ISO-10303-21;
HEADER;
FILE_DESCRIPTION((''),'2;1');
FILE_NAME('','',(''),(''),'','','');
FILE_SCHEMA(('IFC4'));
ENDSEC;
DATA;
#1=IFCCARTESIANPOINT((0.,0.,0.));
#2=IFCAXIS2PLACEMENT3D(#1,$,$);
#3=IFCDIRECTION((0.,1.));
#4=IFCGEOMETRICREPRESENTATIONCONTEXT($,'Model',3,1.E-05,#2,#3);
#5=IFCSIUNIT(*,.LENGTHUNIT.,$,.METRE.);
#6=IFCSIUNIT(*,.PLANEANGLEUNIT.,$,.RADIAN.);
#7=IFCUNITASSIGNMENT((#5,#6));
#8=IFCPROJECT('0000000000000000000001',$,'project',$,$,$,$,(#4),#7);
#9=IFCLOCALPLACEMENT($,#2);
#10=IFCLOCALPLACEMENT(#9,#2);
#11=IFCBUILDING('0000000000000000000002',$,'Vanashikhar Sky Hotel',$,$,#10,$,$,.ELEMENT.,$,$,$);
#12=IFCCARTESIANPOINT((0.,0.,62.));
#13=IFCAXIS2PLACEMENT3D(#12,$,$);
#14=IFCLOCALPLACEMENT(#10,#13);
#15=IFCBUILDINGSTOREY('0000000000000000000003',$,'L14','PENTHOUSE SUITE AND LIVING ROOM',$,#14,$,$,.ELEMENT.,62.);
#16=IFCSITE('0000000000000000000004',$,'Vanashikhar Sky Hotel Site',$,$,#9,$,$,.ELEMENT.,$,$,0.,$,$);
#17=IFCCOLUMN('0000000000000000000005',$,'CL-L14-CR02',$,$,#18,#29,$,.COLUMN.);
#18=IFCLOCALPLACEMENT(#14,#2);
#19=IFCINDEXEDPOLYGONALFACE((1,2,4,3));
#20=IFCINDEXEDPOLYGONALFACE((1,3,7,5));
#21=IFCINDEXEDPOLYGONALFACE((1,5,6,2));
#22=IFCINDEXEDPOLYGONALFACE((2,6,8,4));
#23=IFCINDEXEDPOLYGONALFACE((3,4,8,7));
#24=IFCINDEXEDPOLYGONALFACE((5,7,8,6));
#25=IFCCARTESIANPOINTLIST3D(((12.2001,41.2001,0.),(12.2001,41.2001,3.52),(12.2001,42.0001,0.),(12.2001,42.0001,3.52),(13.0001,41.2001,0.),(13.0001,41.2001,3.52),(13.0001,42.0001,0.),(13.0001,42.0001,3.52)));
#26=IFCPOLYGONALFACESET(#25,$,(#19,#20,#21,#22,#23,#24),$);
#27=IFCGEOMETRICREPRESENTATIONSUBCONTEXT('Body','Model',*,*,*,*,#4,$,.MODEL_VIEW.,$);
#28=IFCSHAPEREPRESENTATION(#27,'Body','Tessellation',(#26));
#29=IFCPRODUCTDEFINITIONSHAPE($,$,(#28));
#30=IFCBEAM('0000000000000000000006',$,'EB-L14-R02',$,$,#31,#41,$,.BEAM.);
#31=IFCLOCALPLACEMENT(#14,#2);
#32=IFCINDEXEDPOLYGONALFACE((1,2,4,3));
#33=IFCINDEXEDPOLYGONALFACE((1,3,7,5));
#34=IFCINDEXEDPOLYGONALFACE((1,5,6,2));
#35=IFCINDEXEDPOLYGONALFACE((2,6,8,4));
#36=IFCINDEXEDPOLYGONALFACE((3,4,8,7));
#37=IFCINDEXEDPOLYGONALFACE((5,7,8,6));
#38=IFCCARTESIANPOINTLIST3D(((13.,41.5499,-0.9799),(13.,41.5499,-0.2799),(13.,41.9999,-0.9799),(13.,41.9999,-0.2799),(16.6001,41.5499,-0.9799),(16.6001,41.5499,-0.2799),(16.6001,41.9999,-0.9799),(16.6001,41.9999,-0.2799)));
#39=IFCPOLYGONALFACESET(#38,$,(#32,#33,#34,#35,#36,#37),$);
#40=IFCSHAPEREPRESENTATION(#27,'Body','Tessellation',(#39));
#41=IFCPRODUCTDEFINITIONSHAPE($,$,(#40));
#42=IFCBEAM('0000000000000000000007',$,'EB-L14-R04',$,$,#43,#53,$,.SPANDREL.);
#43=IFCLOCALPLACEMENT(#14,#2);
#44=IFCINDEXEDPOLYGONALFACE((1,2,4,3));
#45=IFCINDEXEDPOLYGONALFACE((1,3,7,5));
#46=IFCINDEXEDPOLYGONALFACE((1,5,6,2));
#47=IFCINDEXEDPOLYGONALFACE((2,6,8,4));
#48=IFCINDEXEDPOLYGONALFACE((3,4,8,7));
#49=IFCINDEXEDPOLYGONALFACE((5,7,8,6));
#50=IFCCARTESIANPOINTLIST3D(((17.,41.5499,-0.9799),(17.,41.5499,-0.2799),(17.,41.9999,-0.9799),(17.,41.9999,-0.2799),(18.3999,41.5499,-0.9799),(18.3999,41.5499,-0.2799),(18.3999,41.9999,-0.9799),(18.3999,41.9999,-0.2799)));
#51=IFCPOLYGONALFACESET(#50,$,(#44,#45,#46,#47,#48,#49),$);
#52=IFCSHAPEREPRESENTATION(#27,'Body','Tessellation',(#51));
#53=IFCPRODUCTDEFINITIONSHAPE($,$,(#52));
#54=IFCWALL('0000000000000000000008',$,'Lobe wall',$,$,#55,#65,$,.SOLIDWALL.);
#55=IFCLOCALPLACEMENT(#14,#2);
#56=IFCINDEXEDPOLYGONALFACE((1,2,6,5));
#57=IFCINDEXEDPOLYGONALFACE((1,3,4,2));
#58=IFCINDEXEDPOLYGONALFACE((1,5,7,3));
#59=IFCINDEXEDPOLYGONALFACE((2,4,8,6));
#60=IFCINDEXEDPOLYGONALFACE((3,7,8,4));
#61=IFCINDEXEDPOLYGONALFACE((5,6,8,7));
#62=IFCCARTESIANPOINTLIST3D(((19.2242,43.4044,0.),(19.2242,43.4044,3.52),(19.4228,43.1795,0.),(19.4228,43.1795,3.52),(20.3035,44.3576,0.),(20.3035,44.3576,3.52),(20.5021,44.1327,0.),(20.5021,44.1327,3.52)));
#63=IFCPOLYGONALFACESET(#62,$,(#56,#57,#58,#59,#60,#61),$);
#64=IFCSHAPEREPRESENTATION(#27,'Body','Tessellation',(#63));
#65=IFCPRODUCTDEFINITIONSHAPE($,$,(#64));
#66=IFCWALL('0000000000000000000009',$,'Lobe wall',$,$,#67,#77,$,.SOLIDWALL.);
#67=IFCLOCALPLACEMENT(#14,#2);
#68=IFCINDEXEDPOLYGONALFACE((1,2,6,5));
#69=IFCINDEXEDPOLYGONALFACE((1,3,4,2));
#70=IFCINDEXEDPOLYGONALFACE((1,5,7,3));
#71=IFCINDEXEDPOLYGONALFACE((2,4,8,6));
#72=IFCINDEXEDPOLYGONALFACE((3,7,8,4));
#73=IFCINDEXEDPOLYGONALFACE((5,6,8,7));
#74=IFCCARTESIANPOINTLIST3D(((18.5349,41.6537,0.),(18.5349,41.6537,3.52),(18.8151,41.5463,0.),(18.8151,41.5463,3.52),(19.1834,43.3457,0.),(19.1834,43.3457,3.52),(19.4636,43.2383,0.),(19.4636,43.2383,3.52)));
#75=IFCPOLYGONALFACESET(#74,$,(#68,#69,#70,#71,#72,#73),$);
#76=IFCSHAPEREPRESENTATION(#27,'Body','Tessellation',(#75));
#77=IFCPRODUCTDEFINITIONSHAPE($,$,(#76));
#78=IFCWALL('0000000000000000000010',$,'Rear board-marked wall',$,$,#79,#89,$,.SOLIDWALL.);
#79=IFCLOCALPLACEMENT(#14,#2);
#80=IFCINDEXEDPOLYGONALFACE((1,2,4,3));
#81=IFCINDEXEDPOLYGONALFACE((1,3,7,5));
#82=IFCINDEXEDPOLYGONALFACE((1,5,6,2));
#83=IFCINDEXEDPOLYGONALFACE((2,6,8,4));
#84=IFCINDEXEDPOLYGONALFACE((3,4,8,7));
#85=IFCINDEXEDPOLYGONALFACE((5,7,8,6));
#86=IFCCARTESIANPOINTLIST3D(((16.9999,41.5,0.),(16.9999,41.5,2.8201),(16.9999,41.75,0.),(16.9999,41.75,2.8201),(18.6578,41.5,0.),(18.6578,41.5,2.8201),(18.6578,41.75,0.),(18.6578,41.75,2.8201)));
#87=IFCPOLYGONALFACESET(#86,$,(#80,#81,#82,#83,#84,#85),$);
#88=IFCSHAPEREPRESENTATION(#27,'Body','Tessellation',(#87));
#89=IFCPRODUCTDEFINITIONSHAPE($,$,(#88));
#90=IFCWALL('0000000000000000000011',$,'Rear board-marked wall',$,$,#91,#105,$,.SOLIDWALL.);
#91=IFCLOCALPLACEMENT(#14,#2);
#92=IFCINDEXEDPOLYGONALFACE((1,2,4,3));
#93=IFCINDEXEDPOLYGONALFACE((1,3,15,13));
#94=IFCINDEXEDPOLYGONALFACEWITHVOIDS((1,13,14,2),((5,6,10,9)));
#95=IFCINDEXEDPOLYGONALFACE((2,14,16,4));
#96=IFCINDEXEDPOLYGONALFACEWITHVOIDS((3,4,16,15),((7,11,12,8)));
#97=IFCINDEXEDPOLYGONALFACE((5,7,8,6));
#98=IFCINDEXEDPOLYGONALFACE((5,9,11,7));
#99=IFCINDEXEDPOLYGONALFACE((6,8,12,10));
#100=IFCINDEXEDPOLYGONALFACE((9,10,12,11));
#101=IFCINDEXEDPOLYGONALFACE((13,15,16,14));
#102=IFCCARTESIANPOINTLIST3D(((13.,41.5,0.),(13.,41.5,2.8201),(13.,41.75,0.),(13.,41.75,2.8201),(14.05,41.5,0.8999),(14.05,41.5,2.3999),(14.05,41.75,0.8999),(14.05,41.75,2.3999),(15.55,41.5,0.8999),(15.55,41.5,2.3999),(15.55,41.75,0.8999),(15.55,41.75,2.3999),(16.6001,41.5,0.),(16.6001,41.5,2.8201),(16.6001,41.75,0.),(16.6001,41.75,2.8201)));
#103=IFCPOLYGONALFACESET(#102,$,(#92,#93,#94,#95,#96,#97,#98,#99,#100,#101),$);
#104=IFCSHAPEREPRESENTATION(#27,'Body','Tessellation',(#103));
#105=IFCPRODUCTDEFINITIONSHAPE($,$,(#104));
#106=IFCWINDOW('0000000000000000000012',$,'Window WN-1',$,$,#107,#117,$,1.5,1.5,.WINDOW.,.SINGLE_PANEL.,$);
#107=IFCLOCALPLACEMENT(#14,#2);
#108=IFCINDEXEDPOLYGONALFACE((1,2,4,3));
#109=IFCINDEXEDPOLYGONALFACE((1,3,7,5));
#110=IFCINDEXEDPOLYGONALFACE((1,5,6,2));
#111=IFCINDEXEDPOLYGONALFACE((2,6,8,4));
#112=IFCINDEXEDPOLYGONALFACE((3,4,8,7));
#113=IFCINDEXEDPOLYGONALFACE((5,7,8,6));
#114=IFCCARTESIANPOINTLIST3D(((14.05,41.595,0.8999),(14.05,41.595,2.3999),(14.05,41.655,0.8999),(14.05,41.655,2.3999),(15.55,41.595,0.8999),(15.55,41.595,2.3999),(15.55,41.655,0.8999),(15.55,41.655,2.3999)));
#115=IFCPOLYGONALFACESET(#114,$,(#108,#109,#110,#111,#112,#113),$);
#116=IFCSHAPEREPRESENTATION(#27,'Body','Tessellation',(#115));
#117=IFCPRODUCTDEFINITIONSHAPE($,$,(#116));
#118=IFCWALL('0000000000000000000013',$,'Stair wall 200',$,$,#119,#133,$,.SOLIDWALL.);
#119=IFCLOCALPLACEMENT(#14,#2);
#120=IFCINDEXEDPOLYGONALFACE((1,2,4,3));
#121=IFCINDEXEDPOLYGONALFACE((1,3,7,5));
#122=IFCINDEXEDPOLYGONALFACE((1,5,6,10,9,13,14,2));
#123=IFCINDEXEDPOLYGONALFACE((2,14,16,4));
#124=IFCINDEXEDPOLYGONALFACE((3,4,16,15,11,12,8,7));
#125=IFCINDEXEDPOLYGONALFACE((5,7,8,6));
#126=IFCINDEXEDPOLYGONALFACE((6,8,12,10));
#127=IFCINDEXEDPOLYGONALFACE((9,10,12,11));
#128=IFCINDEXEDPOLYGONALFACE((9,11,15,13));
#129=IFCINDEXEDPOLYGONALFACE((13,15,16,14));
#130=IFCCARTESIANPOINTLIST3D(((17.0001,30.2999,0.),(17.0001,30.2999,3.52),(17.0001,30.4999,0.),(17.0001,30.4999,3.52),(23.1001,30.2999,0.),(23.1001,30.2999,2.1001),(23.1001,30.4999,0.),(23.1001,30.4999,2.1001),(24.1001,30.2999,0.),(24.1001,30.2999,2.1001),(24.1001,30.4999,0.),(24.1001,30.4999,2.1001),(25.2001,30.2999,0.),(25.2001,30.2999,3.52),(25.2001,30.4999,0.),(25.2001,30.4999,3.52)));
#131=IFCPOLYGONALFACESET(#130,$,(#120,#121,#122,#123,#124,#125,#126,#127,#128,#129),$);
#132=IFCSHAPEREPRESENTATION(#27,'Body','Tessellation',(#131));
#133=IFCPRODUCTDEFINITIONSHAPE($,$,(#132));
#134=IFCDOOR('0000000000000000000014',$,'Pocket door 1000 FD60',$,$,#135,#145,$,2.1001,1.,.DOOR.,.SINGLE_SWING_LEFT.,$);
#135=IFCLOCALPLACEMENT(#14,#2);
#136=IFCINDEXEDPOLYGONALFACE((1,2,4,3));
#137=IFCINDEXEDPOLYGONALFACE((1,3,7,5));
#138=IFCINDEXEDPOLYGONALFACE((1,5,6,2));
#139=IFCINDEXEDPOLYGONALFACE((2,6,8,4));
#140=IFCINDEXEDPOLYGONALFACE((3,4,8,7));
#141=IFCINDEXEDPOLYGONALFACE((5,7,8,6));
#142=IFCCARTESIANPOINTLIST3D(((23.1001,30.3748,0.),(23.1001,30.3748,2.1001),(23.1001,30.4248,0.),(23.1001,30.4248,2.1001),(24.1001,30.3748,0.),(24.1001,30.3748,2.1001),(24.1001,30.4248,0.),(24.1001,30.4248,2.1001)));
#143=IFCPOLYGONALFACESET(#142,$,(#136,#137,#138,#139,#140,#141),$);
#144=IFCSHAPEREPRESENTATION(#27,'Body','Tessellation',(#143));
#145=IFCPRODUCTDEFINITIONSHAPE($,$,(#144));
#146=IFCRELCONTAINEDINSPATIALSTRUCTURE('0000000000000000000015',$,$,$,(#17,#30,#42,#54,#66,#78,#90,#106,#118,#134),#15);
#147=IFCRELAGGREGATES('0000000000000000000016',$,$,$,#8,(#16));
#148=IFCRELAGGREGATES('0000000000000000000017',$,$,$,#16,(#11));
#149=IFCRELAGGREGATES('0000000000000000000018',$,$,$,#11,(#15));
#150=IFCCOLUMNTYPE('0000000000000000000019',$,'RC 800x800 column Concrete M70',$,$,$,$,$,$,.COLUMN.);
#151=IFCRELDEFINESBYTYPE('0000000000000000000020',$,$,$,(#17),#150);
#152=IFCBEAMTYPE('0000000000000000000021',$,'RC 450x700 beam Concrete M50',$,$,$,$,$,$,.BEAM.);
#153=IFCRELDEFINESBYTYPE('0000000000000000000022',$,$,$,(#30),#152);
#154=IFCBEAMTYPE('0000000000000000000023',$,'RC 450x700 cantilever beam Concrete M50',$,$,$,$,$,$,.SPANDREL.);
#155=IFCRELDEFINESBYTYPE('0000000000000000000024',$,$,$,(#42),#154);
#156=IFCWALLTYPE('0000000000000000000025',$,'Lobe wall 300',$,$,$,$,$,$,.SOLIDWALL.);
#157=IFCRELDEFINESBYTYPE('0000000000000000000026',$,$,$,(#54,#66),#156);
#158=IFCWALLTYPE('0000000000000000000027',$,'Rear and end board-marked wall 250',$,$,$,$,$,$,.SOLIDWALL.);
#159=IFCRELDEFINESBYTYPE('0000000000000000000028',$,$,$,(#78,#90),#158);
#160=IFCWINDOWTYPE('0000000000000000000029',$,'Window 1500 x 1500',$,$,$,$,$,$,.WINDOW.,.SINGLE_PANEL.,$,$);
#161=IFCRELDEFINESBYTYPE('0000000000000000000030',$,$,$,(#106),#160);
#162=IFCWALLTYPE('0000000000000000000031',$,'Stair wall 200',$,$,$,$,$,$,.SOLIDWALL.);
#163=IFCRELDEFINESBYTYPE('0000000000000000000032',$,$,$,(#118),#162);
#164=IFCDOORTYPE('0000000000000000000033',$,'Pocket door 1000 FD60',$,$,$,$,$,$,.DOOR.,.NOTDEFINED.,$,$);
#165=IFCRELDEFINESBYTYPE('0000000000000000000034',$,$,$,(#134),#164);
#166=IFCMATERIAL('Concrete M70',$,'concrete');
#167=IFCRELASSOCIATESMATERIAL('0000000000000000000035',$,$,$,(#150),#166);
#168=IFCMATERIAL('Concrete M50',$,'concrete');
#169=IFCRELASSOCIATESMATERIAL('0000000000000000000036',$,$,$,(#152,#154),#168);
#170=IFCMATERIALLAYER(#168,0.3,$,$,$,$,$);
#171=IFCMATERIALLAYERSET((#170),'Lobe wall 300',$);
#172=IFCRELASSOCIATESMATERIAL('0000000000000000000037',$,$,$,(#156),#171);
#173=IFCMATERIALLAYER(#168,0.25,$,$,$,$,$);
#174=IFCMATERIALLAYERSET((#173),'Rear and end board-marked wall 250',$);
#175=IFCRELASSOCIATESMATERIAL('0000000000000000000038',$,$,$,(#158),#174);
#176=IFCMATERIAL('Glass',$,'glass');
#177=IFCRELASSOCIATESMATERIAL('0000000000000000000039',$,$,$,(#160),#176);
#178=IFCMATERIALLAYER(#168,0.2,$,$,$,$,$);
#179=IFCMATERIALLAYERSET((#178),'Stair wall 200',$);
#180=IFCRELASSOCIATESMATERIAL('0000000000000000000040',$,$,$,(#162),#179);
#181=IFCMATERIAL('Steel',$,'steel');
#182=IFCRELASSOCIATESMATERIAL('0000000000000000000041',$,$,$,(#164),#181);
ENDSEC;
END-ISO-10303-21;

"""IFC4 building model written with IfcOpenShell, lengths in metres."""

from ifc_helpers import new_model, si_unit, direction, frame, frame_2d, origin, origin_2d, place, context, subcontext, project, spatial, rectangle, extrude, source, transform, mapped, material, layer, layer_set, material_profile, profile_set, type_object, element, fill, save


model = new_model("IFC4")

# Units and contexts
model_context = context("Model", 3, precision=1e-05, world=origin(), true_north=direction((0.0, 1.0)))
body_context = subcontext(model_context, "Body", "Model", "MODEL_VIEW")
ifc_project = project(units=[si_unit("LENGTHUNIT", "METRE"), si_unit("PLANEANGLEUNIT", "RADIAN")], contexts=[model_context])

# Site, building, storey
site_placement = place(None, origin())
site = spatial("IfcSite", under=ifc_project, at=site_placement, Name="Vanashikhar Sky Hotel Site", CompositionType="ELEMENT", RefElevation=0.0)
building_placement = place(site_placement, origin())
building = spatial("IfcBuilding", under=site, at=building_placement, Name="Vanashikhar Sky Hotel", CompositionType="ELEMENT")
storey_placement = place(building_placement, frame((0.0, 0.0, 62.0)))
storey = spatial("IfcBuildingStorey", under=building, at=storey_placement, Name="L14", Description="PENTHOUSE SUITE AND LIVING ROOM", CompositionType="ELEMENT", Elevation=62.0)

# Column
ifc_material_1 = material(Name="Concrete M70", Category="concrete")
ifc_material_profile_1 = material_profile(ifc_material_1, rectangle(XDim=0.8, YDim=0.8, at=origin_2d()))
ifc_profile_set_1 = profile_set([ifc_material_profile_1], Name="RC 800x800 column Concrete M70")
column_type = type_object("IfcColumnType", Name="RC 800x800 column Concrete M70", PredefinedType="COLUMN", material=ifc_profile_set_1)
shared_shape_1 = source(origin(), body_context, "Body", "SweptSolid", [
    extrude(rectangle(XDim=0.8, YDim=0.8, at=origin_2d()), origin(), (0.0, 0.0, 1.0), 3.52),
])
column_placement = place(storey_placement, frame((12.6001, 41.6001, 0.0), z_axis=(0.0, 0.0, 1.0), x_axis=(1.0, 0.0, 0.0)))
element("IfcColumn", 1, at=column_placement, inside=storey, type_object=column_type, Name="CL-L14-CR02", PredefinedType="COLUMN", context=body_context, shape_type="MappedRepresentation", body=[
    mapped(shared_shape_1, transform((0.0, 0.0, 0.0), scale=1.0)),
])

# Beams
ifc_material_2 = material(Name="Concrete M50", Category="concrete")
ifc_material_profile_2 = material_profile(ifc_material_2, rectangle(XDim=0.45, YDim=0.7, at=origin_2d()))
ifc_profile_set_2 = profile_set([ifc_material_profile_2], Name="RC 450x700 beam Concrete M50")
beam_type_1 = type_object("IfcBeamType", Name="RC 450x700 beam Concrete M50", PredefinedType="BEAM", material=ifc_profile_set_2)
shared_shape_2 = source(origin(), body_context, "Body", "SweptSolid", [
    extrude(rectangle(XDim=0.45, YDim=0.7, at=origin_2d()), origin(), (0.0, 0.0, 1.0), 3.6001),
])
beam_1_placement = place(storey_placement, frame((13.0, 41.7749, -0.6299), z_axis=(1.0, 0.0, 0.0), x_axis=(0.0, 1.0, 0.0)))
element("IfcBeam", 2, at=beam_1_placement, inside=storey, type_object=beam_type_1, Name="EB-L14-R02", PredefinedType="BEAM", context=body_context, shape_type="MappedRepresentation", body=[
    mapped(shared_shape_2, transform((0.0, 0.0, 0.0), scale=1.0)),
])
ifc_material_profile_3 = material_profile(ifc_material_2, rectangle(XDim=0.45, YDim=0.7, at=origin_2d()))
ifc_profile_set_3 = profile_set([ifc_material_profile_3], Name="RC 450x700 cantilever beam Concrete M50")
beam_type_2 = type_object("IfcBeamType", Name="RC 450x700 cantilever beam Concrete M50", PredefinedType="SPANDREL", material=ifc_profile_set_3)
shared_shape_3 = source(origin(), body_context, "Body", "SweptSolid", [
    extrude(rectangle(XDim=0.45, YDim=0.7, at=origin_2d()), origin(), (0.0, 0.0, 1.0), 1.3999),
])
beam_2_placement = place(storey_placement, frame((17.0, 41.7749, -0.6299), z_axis=(1.0, 0.0, 0.0), x_axis=(0.0, 1.0, 0.0)))
element("IfcBeam", 3, at=beam_2_placement, inside=storey, type_object=beam_type_2, Name="EB-L14-R04", PredefinedType="SPANDREL", context=body_context, shape_type="MappedRepresentation", body=[
    mapped(shared_shape_3, transform((0.0, 0.0, 0.0), scale=1.0)),
])

# Walls
ifc_layer_1 = layer(ifc_material_2, 0.3)
ifc_layer_set_1 = layer_set([ifc_layer_1], Name="Lobe wall 300")
wall_type_1 = type_object("IfcWallType", Name="Lobe wall 300", PredefinedType="SOLIDWALL", material=ifc_layer_set_1)
shared_shape_4 = source(origin(), body_context, "Body", "SweptSolid", [
    extrude(rectangle(XDim=1.4399, YDim=0.3, at=frame_2d((0.72, 0.0))), origin(), (0.0, 0.0, 1.0), 3.52),
])
wall_1_placement = place(storey_placement, frame((20.4028, 44.2451, 0.0), z_axis=(0.0, 0.0, 1.0), x_axis=(-0.749576, -0.661919, 0.0)))
element("IfcWall", 4, at=wall_1_placement, inside=storey, type_object=wall_type_1, Name="Lobe wall", PredefinedType="SOLIDWALL", context=body_context, shape_type="MappedRepresentation", body=[
    mapped(shared_shape_4, transform((0.0, 0.0, 0.0), scale=1.0)),
])
shared_shape_5 = source(origin(), body_context, "Body", "SweptSolid", [
    extrude(rectangle(XDim=1.812, YDim=0.3, at=frame_2d((0.906, 0.0))), origin(), (0.0, 0.0, 1.0), 3.52),
])
wall_2_placement = place(storey_placement, frame((19.3235, 43.292, 0.0), z_axis=(0.0, 0.0, 1.0), x_axis=(-0.357877, -0.933769, 0.0)))
element("IfcWall", 5, at=wall_2_placement, inside=storey, type_object=wall_type_1, Name="Lobe wall", PredefinedType="SOLIDWALL", context=body_context, shape_type="MappedRepresentation", body=[
    mapped(shared_shape_5, transform((0.0, 0.0, 0.0), scale=1.0)),
])
ifc_layer_2 = layer(ifc_material_2, 0.25)
ifc_layer_set_2 = layer_set([ifc_layer_2], Name="Rear and end board-marked wall 250")
wall_type_2 = type_object("IfcWallType", Name="Rear and end board-marked wall 250", PredefinedType="SOLIDWALL", material=ifc_layer_set_2)
shared_shape_6 = source(origin(), body_context, "Body", "SweptSolid", [
    extrude(rectangle(XDim=1.658, YDim=0.25, at=frame_2d((0.8291, 0.0))), origin(), (0.0, 0.0, 1.0), 2.8201),
])
wall_3_placement = place(storey_placement, frame((18.658, 41.625, 0.0), z_axis=(0.0, 0.0, 1.0), x_axis=(-1.0, 0.0, 0.0)))
element("IfcWall", 6, at=wall_3_placement, inside=storey, type_object=wall_type_2, Name="Rear board-marked wall", PredefinedType="SOLIDWALL", context=body_context, shape_type="MappedRepresentation", body=[
    mapped(shared_shape_6, transform((0.0, 0.0, 0.0), scale=1.0)),
])

# Wall, opening, window
shared_shape_7 = source(origin(), body_context, "Body", "SweptSolid", [
    extrude(rectangle(XDim=3.6001, YDim=0.25, at=frame_2d((1.8, 0.0))), origin(), (0.0, 0.0, 1.0), 2.8201),
])
wall_4_placement = place(storey_placement, frame((16.6001, 41.625, 0.0), z_axis=(0.0, 0.0, 1.0), x_axis=(-1.0, 0.0, 0.0)))
wall_4 = element("IfcWall", 7, at=wall_4_placement, inside=storey, type_object=wall_type_2, Name="Rear board-marked wall", PredefinedType="SOLIDWALL", context=body_context, shape_type="MappedRepresentation", body=[
    mapped(shared_shape_7, transform((0.0, 0.0, 0.0), scale=1.0)),
])
shared_shape_8 = source(origin(), body_context, "Body", "SweptSolid", [
    extrude(rectangle(XDim=1.5, YDim=1.5, at=frame_2d((0.75, 0.75))), frame((0.0, 0.135, 0.0), z_axis=(0.0, -1.0, 0.0), x_axis=(1.0, 0.0, 0.0)), (0.0, 0.0, 1.0), 0.27),
])
opening_1_placement = place(wall_4_placement, frame((1.05, 0.0, 0.8999)))
opening_1 = element("IfcOpeningElement", 8, at=opening_1_placement, cuts=wall_4, PredefinedType="OPENING", context=body_context, shape_type="MappedRepresentation", body=[
    mapped(shared_shape_8, transform((0.0, 0.0, 0.0), scale=1.0)),
])
ifc_material_3 = material(Name="Glass", Category="glass")
window_type = type_object("IfcWindowType", Name="Window 1500 x 1500", PartitioningType="SINGLE_PANEL", PredefinedType="WINDOW", material=ifc_material_3)
shared_shape_9 = source(origin(), body_context, "Body", "SweptSolid", [
    extrude(rectangle(XDim=1.5, YDim=1.5, at=frame_2d((0.75, 0.75))), frame((0.0, 0.03, 0.0), z_axis=(0.0, -1.0, 0.0), x_axis=(1.0, 0.0, 0.0)), (0.0, 0.0, 1.0), 0.0601),
])
window_placement = place(opening_1_placement, origin())
window = element("IfcWindow", 9, at=window_placement, inside=storey, type_object=window_type, Name="Window WN-1", OverallHeight=1.5, OverallWidth=1.5, PartitioningType="SINGLE_PANEL", PredefinedType="WINDOW", context=body_context, shape_type="MappedRepresentation", body=[
    mapped(shared_shape_9, transform((0.0, 0.0, 0.0), scale=1.0)),
])
fill(opening_1, window)

# Wall, opening, door
ifc_layer_3 = layer(ifc_material_2, 0.2)
ifc_layer_set_3 = layer_set([ifc_layer_3], Name="Stair wall 200")
wall_type_3 = type_object("IfcWallType", Name="Stair wall 200", PredefinedType="SOLIDWALL", material=ifc_layer_set_3)
shared_shape_10 = source(origin(), body_context, "Body", "SweptSolid", [
    extrude(rectangle(XDim=8.2, YDim=0.2, at=frame_2d((4.1001, 0.0))), origin(), (0.0, 0.0, 1.0), 3.52),
])
wall_5_placement = place(storey_placement, frame((17.0, 30.3999, 0.0), z_axis=(0.0, 0.0, 1.0), x_axis=(1.0, 0.0, 0.0)))
wall_5 = element("IfcWall", 10, at=wall_5_placement, inside=storey, type_object=wall_type_3, Name="Stair wall 200", PredefinedType="SOLIDWALL", context=body_context, shape_type="MappedRepresentation", body=[
    mapped(shared_shape_10, transform((0.0, 0.0, 0.0), scale=1.0)),
])
shared_shape_11 = source(origin(), body_context, "Body", "SweptSolid", [
    extrude(rectangle(XDim=1.0, YDim=2.1001, at=frame_2d((0.5, 1.05))), frame((0.0, 0.1099, 0.0), z_axis=(0.0, -1.0, 0.0), x_axis=(1.0, 0.0, 0.0)), (0.0, 0.0, 1.0), 0.22),
])
opening_2_placement = place(wall_5_placement, frame((6.1001, 0.0, 0.0)))
opening_2 = element("IfcOpeningElement", 11, at=opening_2_placement, cuts=wall_5, PredefinedType="OPENING", context=body_context, shape_type="MappedRepresentation", body=[
    mapped(shared_shape_11, transform((0.0, 0.0, 0.0), scale=1.0)),
])
ifc_material_4 = material(Name="Steel", Category="steel")
door_type_1 = type_object("IfcDoorType", Name="Pocket door 1000 FD60", OperationType="NOTDEFINED", PredefinedType="DOOR", material=ifc_material_4)
shared_shape_12 = source(origin(), body_context, "Body", "SweptSolid", [
    extrude(rectangle(XDim=1.0, YDim=2.1001, at=frame_2d((0.5, 1.05))), frame((0.0, 0.0249, 0.0), z_axis=(0.0, -1.0, 0.0), x_axis=(1.0, 0.0, 0.0)), (0.0, 0.0, 1.0), 0.05),
])
door_1_placement = place(opening_2_placement, origin())
door_1 = element("IfcDoor", 12, at=door_1_placement, inside=storey, type_object=door_type_1, Name="Pocket door 1000 FD60", OperationType="SINGLE_SWING_LEFT", OverallHeight=2.1001, OverallWidth=1.0, PredefinedType="DOOR", context=body_context, shape_type="MappedRepresentation", body=[
    mapped(shared_shape_12, transform((0.0, 0.0, 0.0), scale=1.0)),
])
fill(opening_2, door_1)

save(model, "model.ifc")
